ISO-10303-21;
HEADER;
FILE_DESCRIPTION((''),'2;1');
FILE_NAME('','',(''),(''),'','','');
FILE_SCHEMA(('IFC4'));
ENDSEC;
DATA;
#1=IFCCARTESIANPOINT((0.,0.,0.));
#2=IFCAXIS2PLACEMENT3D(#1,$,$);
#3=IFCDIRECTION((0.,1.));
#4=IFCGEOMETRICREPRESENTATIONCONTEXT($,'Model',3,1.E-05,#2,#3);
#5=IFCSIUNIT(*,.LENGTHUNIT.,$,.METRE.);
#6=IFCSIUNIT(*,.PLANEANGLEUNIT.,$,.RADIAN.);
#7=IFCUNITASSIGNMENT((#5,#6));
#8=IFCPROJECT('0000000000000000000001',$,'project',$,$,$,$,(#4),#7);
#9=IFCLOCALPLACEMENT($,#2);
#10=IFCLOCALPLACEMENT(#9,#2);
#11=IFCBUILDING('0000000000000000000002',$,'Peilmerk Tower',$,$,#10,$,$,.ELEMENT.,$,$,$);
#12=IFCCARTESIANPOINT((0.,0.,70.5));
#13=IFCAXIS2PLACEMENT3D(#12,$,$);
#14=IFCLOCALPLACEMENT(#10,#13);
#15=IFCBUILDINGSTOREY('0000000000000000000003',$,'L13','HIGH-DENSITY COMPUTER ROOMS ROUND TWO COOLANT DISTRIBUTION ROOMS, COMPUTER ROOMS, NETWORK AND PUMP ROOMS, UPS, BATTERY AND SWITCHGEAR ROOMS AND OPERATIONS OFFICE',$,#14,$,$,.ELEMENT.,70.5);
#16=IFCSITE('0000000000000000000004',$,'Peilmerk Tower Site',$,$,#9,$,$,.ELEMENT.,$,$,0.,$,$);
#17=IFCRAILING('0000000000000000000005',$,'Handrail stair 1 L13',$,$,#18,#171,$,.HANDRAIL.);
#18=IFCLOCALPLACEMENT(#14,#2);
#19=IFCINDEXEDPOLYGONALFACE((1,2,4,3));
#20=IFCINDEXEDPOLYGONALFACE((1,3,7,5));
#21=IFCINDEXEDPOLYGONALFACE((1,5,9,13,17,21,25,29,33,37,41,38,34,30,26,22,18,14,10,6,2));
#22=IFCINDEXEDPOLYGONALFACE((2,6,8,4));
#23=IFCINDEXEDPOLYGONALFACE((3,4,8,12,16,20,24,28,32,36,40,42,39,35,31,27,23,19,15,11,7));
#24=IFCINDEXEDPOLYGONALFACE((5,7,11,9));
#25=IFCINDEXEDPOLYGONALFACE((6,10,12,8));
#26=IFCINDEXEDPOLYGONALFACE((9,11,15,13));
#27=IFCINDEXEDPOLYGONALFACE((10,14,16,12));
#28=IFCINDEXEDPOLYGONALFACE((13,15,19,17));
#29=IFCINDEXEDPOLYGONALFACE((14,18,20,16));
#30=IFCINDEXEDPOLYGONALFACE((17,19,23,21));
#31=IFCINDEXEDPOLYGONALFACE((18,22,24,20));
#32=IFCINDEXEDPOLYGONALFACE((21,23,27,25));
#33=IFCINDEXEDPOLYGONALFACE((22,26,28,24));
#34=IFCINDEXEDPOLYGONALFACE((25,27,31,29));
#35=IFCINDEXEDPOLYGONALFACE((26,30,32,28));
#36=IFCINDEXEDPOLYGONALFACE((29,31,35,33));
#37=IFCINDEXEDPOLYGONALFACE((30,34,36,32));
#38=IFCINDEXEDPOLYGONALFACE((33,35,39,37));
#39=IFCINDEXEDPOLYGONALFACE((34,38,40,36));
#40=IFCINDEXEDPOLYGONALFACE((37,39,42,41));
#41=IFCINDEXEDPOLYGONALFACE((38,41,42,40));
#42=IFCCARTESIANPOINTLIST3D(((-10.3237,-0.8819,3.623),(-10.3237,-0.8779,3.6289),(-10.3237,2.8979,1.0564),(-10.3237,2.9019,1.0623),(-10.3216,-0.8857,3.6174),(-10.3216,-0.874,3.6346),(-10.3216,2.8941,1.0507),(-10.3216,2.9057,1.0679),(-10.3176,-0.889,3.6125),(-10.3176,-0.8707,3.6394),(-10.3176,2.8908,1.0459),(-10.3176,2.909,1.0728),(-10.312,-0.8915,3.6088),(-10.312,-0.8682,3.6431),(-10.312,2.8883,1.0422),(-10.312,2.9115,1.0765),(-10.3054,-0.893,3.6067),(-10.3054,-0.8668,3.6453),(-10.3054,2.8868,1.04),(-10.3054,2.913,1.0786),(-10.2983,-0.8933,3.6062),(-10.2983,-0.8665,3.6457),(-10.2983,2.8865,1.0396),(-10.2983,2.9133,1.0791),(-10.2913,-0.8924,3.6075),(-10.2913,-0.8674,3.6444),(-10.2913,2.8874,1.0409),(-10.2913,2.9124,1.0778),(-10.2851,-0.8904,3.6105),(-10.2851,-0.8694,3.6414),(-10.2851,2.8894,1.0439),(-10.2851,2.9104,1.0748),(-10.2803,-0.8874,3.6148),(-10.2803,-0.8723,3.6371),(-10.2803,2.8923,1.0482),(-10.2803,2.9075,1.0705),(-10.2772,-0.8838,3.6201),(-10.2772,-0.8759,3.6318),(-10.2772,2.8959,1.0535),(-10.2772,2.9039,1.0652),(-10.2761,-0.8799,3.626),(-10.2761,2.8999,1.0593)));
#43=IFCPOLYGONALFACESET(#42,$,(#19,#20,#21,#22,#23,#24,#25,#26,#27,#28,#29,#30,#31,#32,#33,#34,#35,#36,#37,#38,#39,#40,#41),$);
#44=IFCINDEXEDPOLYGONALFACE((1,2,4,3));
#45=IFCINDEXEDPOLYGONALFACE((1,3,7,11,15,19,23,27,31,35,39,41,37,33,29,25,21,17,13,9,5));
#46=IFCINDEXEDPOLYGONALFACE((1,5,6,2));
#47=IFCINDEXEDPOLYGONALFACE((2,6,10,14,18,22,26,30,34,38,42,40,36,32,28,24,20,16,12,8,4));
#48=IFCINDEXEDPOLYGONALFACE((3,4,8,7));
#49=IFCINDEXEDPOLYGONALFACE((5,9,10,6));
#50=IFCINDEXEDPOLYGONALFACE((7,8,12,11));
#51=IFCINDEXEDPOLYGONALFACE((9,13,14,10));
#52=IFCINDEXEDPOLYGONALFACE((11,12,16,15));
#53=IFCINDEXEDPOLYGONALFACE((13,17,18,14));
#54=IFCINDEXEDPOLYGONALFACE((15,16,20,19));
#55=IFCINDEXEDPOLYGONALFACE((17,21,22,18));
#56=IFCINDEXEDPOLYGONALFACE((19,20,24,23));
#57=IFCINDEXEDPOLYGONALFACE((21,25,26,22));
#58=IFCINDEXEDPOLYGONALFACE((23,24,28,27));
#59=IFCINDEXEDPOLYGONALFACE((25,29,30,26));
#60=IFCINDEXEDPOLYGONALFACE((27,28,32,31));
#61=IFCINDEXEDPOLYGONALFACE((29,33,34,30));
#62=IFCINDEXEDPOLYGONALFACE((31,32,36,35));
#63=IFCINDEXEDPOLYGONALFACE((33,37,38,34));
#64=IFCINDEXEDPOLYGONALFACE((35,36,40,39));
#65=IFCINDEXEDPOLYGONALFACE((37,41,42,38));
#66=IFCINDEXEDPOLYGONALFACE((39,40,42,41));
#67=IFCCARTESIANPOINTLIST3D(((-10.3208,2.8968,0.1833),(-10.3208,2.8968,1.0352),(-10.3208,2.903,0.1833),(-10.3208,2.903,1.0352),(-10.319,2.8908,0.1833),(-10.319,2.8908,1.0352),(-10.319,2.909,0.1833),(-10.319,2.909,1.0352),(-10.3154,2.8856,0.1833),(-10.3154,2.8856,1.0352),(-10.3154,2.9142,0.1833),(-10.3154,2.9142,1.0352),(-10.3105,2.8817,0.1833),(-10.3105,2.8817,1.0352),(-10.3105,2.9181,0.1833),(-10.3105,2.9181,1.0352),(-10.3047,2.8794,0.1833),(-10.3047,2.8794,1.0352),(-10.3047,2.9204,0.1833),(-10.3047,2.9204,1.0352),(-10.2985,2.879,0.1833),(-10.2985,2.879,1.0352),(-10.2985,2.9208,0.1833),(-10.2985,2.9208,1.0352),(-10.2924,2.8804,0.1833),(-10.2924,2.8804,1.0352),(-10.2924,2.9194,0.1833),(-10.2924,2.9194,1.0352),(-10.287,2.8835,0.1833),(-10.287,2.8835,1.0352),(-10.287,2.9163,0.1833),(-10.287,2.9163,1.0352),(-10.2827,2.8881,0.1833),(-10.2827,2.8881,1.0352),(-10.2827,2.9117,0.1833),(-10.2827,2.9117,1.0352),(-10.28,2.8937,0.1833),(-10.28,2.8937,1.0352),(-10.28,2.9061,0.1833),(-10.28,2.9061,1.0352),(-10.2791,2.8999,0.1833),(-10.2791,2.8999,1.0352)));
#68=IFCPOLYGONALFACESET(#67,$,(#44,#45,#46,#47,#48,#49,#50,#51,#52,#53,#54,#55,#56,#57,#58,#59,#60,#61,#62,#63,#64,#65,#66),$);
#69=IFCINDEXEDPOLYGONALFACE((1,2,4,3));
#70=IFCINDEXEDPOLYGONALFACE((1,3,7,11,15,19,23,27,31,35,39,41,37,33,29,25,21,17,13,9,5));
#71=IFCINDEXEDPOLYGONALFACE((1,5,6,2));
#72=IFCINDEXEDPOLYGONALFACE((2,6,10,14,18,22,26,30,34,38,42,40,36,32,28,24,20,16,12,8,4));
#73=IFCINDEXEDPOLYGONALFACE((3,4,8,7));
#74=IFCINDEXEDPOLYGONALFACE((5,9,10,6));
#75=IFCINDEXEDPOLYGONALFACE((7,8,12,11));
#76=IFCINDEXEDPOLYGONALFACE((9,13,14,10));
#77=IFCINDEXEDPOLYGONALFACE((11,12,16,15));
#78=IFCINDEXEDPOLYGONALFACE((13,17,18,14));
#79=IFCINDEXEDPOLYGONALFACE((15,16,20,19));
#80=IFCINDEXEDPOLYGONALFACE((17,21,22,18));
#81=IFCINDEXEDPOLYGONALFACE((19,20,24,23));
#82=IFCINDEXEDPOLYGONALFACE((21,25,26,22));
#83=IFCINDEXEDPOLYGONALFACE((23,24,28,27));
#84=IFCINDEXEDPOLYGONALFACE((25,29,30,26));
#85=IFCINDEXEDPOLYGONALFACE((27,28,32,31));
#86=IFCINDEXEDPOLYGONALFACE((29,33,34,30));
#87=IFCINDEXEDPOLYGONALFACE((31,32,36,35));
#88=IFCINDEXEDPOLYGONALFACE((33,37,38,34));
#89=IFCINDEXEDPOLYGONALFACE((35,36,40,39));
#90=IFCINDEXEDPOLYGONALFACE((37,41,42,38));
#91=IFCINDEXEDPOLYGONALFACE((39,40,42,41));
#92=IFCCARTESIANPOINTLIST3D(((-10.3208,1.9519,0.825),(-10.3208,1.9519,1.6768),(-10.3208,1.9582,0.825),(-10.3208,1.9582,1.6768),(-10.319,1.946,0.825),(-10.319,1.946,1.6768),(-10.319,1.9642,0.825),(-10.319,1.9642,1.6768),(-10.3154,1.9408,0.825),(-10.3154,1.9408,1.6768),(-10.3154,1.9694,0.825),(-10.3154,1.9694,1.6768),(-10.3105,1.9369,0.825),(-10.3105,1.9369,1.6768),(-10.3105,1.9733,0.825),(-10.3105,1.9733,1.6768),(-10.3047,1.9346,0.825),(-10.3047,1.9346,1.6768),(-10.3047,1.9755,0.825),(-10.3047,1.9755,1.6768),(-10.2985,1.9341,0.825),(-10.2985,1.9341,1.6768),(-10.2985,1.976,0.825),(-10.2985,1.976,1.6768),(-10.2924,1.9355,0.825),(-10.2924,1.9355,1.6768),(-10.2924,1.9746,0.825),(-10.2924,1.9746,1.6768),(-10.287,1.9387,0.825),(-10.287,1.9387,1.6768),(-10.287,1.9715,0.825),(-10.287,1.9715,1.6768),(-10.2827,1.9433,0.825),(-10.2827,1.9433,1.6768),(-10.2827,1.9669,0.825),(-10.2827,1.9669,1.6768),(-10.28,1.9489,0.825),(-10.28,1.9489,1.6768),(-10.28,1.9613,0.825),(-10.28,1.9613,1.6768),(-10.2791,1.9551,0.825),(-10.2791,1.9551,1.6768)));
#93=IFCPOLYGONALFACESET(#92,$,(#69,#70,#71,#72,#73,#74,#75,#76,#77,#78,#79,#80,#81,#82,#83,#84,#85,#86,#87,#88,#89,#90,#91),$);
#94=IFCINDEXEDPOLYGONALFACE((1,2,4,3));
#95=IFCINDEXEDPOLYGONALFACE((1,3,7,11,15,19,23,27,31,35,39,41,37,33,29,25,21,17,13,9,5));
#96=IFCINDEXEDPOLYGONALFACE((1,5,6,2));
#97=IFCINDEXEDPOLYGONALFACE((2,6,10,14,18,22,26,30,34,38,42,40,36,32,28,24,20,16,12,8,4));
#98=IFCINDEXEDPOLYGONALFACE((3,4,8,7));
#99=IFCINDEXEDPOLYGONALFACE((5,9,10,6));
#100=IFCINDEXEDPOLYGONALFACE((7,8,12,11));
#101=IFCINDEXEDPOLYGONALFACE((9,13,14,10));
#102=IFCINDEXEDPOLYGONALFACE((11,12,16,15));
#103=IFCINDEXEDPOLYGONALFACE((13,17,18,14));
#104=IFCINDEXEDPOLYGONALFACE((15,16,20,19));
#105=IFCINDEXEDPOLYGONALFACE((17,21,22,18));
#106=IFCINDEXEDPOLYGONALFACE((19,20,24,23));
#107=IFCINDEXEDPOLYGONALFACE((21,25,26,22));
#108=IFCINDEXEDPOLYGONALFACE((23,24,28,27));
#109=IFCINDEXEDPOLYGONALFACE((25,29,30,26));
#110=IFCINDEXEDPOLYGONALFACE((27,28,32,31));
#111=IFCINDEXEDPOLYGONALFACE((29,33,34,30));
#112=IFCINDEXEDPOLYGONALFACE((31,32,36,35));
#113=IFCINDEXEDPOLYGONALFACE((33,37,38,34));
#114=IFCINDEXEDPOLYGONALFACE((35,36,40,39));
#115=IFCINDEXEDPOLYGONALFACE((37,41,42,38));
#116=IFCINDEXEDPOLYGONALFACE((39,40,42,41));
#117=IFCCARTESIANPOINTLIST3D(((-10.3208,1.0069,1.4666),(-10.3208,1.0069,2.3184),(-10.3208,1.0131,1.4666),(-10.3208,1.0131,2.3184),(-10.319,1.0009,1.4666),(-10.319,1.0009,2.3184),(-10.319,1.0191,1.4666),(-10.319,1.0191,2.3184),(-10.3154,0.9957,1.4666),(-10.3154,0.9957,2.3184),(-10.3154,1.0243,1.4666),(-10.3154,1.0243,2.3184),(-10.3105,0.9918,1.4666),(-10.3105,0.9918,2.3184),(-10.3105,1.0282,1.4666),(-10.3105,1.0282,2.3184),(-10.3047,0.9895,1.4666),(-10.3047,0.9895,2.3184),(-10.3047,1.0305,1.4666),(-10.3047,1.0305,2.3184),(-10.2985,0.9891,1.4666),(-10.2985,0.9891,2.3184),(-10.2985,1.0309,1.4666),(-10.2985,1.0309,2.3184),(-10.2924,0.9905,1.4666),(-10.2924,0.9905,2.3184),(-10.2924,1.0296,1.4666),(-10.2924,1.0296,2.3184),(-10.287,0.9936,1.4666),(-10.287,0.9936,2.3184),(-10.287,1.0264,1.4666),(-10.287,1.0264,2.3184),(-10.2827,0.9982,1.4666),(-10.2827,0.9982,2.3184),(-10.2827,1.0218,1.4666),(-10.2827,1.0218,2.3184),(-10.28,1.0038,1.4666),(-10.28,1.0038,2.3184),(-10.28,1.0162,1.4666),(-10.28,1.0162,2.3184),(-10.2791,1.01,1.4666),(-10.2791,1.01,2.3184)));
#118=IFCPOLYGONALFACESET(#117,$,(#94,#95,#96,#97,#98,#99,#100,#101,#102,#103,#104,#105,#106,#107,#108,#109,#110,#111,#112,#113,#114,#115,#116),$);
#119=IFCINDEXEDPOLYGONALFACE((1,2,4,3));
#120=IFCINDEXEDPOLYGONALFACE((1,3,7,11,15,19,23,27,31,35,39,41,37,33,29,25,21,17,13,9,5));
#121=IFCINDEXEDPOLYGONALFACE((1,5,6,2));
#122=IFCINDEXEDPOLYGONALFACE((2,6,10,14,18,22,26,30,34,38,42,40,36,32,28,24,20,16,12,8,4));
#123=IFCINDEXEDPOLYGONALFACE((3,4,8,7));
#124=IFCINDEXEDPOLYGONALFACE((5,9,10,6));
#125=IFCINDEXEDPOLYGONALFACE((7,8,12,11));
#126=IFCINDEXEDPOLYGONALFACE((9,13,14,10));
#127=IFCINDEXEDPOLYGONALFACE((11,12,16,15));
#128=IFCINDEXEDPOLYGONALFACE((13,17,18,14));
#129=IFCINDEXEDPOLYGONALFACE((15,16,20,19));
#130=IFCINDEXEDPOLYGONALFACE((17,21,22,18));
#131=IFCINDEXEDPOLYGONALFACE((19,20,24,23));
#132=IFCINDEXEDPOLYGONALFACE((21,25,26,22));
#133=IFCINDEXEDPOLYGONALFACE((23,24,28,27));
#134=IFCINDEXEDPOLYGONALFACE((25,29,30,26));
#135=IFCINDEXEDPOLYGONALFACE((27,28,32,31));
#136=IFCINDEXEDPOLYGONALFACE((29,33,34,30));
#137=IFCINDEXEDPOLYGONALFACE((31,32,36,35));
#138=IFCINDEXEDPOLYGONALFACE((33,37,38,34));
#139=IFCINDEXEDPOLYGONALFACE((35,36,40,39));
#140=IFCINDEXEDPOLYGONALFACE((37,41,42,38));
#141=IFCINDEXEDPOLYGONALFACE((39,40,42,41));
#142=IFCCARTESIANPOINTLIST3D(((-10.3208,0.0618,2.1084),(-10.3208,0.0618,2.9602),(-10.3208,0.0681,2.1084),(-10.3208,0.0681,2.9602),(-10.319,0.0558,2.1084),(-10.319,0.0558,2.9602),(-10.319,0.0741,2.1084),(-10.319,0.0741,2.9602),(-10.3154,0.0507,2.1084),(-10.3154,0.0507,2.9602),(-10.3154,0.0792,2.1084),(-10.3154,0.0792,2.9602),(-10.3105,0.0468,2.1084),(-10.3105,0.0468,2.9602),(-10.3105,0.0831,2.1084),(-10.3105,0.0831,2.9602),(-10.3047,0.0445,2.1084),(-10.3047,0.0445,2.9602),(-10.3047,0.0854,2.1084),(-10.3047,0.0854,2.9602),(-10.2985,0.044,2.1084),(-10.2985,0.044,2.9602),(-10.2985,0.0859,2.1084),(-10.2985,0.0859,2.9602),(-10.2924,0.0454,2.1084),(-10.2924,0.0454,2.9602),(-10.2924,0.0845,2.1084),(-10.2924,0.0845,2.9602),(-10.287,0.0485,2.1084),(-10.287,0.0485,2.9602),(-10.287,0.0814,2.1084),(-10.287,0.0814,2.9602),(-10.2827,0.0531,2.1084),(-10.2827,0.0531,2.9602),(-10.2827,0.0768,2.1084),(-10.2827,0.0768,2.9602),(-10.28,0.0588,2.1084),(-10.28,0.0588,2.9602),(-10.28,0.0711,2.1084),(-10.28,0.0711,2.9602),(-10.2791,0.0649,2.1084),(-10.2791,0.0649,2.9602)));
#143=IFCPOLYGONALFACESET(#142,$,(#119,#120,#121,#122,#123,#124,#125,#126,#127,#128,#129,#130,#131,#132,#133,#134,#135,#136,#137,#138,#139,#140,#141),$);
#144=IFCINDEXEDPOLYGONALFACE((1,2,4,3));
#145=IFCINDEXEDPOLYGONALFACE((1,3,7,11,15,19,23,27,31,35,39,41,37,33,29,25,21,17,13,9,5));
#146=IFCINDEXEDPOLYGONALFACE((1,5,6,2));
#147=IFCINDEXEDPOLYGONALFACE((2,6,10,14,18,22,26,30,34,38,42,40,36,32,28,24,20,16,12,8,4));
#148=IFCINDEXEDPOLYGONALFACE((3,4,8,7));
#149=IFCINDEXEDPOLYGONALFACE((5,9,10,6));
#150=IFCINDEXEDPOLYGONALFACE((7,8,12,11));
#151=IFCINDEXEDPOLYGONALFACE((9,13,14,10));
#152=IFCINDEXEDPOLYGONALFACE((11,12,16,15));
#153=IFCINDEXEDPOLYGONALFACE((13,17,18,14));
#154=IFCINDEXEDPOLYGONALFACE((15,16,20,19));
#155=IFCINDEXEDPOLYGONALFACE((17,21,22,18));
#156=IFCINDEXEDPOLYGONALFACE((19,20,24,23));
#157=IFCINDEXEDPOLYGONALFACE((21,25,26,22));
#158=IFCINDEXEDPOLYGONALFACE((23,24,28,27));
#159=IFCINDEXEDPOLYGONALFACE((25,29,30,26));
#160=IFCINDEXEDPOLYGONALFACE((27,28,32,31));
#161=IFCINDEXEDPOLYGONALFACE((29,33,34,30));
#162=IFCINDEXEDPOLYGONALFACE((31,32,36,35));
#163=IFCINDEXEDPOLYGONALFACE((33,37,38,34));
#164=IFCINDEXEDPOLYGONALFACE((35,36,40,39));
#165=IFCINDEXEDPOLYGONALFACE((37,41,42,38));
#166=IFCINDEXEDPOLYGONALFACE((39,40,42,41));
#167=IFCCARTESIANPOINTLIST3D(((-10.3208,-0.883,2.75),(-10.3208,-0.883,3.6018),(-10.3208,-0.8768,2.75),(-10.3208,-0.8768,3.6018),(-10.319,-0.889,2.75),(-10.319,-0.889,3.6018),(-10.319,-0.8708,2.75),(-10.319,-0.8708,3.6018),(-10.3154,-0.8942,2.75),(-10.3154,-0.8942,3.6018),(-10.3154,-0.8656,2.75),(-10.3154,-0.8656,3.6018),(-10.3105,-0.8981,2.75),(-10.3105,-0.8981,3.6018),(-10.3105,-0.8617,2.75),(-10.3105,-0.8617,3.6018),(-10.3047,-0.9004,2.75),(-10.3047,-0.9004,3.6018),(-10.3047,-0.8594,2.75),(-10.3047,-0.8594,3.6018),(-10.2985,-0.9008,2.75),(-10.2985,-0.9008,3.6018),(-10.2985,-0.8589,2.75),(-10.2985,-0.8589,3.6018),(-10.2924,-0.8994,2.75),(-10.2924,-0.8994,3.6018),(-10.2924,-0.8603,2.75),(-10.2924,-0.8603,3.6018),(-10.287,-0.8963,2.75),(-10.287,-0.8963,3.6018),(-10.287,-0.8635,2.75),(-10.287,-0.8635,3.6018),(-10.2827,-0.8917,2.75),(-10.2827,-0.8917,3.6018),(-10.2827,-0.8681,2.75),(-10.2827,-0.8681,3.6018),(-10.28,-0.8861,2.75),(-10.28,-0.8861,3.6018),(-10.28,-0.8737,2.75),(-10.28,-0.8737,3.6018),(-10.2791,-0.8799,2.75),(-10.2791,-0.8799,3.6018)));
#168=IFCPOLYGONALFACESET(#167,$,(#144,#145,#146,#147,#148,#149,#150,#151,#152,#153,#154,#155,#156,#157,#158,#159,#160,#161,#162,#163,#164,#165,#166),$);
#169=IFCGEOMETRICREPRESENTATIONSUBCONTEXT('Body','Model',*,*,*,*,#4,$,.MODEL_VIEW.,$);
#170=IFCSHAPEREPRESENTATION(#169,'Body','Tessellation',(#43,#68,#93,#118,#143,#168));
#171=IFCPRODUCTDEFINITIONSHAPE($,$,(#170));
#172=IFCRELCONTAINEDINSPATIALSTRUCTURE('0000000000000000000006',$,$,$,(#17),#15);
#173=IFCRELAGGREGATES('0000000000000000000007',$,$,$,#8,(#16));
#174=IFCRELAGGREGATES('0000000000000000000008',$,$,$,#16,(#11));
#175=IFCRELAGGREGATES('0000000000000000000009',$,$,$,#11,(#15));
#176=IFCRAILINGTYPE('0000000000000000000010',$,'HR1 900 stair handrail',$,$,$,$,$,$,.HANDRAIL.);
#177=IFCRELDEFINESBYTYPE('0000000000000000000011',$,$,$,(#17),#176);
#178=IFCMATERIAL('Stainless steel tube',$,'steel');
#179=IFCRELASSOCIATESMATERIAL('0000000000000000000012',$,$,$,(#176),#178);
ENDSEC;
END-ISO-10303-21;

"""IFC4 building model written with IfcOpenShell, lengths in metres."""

from ifc_helpers import new_model, si_unit, direction, frame, origin, origin_2d, place, context, subcontext, project, spatial, circle, extrude, material, type_object, element, save


model = new_model("IFC4")

# Units and contexts
model_context = context("Model", 3, precision=1e-05, world=origin(), true_north=direction((0.0, 1.0)))
body_context = subcontext(model_context, "Body", "Model", "MODEL_VIEW")
ifc_project = project(units=[si_unit("LENGTHUNIT", "METRE"), si_unit("PLANEANGLEUNIT", "RADIAN")], contexts=[model_context])

# Site, building, storey
site_placement = place(None, origin())
site = spatial("IfcSite", under=ifc_project, at=site_placement, Name="Peilmerk Tower Site", CompositionType="ELEMENT", RefElevation=0.0)
building_placement = place(site_placement, origin())
building = spatial("IfcBuilding", under=site, at=building_placement, Name="Peilmerk Tower", CompositionType="ELEMENT")
storey_placement = place(building_placement, frame((0.0, 0.0, 70.5)))
storey = spatial("IfcBuildingStorey", under=building, at=storey_placement, Name="L13", Description="HIGH-DENSITY COMPUTER ROOMS ROUND TWO COOLANT DISTRIBUTION ROOMS, COMPUTER ROOMS, NETWORK AND PUMP ROOMS, UPS, BATTERY AND SWITCHGEAR ROOMS AND OPERATIONS OFFICE", CompositionType="ELEMENT", Elevation=70.5)

# Railing
ifc_material_1 = material(Name="Stainless steel tube", Category="steel")
railing_type_1 = type_object("IfcRailingType", Name="HR1 900 stair handrail", PredefinedType="HANDRAIL", material=ifc_material_1)
railing_1_placement = place(storey_placement, frame((-10.3, 2.8999, 0.1833)))
element("IfcRailing", 1, at=railing_1_placement, inside=storey, type_object=railing_type_1, Name="Handrail stair 1 L13", PredefinedType="HANDRAIL", context=body_context, shape_type="SweptSolid", body=[
    extrude(circle(Radius=0.0239, at=origin_2d()), frame((0.0, 0.0, 0.876), z_axis=(0.0, -0.827293, 0.561771), x_axis=(1.0, 0.0, 0.0)), (0.0, 0.0, 1.0), 4.5688),
    extrude(circle(Radius=0.021, at=origin_2d()), origin(), (0.0, 0.0, 1.0), 0.8518),
    extrude(circle(Radius=0.021, at=origin_2d()), frame((0.0, -0.9448, 0.6416)), (0.0, 0.0, 1.0), 0.8518),
    extrude(circle(Radius=0.021, at=origin_2d()), frame((0.0, -1.8899, 1.2832)), (0.0, 0.0, 1.0), 0.8518),
    extrude(circle(Radius=0.021, at=origin_2d()), frame((0.0, -2.835, 1.925)), (0.0, 0.0, 1.0), 0.8518),
    extrude(circle(Radius=0.021, at=origin_2d()), frame((0.0, -3.7798, 2.5667)), (0.0, 0.0, 1.0), 0.8518),
])

save(model, "model.ifc")
